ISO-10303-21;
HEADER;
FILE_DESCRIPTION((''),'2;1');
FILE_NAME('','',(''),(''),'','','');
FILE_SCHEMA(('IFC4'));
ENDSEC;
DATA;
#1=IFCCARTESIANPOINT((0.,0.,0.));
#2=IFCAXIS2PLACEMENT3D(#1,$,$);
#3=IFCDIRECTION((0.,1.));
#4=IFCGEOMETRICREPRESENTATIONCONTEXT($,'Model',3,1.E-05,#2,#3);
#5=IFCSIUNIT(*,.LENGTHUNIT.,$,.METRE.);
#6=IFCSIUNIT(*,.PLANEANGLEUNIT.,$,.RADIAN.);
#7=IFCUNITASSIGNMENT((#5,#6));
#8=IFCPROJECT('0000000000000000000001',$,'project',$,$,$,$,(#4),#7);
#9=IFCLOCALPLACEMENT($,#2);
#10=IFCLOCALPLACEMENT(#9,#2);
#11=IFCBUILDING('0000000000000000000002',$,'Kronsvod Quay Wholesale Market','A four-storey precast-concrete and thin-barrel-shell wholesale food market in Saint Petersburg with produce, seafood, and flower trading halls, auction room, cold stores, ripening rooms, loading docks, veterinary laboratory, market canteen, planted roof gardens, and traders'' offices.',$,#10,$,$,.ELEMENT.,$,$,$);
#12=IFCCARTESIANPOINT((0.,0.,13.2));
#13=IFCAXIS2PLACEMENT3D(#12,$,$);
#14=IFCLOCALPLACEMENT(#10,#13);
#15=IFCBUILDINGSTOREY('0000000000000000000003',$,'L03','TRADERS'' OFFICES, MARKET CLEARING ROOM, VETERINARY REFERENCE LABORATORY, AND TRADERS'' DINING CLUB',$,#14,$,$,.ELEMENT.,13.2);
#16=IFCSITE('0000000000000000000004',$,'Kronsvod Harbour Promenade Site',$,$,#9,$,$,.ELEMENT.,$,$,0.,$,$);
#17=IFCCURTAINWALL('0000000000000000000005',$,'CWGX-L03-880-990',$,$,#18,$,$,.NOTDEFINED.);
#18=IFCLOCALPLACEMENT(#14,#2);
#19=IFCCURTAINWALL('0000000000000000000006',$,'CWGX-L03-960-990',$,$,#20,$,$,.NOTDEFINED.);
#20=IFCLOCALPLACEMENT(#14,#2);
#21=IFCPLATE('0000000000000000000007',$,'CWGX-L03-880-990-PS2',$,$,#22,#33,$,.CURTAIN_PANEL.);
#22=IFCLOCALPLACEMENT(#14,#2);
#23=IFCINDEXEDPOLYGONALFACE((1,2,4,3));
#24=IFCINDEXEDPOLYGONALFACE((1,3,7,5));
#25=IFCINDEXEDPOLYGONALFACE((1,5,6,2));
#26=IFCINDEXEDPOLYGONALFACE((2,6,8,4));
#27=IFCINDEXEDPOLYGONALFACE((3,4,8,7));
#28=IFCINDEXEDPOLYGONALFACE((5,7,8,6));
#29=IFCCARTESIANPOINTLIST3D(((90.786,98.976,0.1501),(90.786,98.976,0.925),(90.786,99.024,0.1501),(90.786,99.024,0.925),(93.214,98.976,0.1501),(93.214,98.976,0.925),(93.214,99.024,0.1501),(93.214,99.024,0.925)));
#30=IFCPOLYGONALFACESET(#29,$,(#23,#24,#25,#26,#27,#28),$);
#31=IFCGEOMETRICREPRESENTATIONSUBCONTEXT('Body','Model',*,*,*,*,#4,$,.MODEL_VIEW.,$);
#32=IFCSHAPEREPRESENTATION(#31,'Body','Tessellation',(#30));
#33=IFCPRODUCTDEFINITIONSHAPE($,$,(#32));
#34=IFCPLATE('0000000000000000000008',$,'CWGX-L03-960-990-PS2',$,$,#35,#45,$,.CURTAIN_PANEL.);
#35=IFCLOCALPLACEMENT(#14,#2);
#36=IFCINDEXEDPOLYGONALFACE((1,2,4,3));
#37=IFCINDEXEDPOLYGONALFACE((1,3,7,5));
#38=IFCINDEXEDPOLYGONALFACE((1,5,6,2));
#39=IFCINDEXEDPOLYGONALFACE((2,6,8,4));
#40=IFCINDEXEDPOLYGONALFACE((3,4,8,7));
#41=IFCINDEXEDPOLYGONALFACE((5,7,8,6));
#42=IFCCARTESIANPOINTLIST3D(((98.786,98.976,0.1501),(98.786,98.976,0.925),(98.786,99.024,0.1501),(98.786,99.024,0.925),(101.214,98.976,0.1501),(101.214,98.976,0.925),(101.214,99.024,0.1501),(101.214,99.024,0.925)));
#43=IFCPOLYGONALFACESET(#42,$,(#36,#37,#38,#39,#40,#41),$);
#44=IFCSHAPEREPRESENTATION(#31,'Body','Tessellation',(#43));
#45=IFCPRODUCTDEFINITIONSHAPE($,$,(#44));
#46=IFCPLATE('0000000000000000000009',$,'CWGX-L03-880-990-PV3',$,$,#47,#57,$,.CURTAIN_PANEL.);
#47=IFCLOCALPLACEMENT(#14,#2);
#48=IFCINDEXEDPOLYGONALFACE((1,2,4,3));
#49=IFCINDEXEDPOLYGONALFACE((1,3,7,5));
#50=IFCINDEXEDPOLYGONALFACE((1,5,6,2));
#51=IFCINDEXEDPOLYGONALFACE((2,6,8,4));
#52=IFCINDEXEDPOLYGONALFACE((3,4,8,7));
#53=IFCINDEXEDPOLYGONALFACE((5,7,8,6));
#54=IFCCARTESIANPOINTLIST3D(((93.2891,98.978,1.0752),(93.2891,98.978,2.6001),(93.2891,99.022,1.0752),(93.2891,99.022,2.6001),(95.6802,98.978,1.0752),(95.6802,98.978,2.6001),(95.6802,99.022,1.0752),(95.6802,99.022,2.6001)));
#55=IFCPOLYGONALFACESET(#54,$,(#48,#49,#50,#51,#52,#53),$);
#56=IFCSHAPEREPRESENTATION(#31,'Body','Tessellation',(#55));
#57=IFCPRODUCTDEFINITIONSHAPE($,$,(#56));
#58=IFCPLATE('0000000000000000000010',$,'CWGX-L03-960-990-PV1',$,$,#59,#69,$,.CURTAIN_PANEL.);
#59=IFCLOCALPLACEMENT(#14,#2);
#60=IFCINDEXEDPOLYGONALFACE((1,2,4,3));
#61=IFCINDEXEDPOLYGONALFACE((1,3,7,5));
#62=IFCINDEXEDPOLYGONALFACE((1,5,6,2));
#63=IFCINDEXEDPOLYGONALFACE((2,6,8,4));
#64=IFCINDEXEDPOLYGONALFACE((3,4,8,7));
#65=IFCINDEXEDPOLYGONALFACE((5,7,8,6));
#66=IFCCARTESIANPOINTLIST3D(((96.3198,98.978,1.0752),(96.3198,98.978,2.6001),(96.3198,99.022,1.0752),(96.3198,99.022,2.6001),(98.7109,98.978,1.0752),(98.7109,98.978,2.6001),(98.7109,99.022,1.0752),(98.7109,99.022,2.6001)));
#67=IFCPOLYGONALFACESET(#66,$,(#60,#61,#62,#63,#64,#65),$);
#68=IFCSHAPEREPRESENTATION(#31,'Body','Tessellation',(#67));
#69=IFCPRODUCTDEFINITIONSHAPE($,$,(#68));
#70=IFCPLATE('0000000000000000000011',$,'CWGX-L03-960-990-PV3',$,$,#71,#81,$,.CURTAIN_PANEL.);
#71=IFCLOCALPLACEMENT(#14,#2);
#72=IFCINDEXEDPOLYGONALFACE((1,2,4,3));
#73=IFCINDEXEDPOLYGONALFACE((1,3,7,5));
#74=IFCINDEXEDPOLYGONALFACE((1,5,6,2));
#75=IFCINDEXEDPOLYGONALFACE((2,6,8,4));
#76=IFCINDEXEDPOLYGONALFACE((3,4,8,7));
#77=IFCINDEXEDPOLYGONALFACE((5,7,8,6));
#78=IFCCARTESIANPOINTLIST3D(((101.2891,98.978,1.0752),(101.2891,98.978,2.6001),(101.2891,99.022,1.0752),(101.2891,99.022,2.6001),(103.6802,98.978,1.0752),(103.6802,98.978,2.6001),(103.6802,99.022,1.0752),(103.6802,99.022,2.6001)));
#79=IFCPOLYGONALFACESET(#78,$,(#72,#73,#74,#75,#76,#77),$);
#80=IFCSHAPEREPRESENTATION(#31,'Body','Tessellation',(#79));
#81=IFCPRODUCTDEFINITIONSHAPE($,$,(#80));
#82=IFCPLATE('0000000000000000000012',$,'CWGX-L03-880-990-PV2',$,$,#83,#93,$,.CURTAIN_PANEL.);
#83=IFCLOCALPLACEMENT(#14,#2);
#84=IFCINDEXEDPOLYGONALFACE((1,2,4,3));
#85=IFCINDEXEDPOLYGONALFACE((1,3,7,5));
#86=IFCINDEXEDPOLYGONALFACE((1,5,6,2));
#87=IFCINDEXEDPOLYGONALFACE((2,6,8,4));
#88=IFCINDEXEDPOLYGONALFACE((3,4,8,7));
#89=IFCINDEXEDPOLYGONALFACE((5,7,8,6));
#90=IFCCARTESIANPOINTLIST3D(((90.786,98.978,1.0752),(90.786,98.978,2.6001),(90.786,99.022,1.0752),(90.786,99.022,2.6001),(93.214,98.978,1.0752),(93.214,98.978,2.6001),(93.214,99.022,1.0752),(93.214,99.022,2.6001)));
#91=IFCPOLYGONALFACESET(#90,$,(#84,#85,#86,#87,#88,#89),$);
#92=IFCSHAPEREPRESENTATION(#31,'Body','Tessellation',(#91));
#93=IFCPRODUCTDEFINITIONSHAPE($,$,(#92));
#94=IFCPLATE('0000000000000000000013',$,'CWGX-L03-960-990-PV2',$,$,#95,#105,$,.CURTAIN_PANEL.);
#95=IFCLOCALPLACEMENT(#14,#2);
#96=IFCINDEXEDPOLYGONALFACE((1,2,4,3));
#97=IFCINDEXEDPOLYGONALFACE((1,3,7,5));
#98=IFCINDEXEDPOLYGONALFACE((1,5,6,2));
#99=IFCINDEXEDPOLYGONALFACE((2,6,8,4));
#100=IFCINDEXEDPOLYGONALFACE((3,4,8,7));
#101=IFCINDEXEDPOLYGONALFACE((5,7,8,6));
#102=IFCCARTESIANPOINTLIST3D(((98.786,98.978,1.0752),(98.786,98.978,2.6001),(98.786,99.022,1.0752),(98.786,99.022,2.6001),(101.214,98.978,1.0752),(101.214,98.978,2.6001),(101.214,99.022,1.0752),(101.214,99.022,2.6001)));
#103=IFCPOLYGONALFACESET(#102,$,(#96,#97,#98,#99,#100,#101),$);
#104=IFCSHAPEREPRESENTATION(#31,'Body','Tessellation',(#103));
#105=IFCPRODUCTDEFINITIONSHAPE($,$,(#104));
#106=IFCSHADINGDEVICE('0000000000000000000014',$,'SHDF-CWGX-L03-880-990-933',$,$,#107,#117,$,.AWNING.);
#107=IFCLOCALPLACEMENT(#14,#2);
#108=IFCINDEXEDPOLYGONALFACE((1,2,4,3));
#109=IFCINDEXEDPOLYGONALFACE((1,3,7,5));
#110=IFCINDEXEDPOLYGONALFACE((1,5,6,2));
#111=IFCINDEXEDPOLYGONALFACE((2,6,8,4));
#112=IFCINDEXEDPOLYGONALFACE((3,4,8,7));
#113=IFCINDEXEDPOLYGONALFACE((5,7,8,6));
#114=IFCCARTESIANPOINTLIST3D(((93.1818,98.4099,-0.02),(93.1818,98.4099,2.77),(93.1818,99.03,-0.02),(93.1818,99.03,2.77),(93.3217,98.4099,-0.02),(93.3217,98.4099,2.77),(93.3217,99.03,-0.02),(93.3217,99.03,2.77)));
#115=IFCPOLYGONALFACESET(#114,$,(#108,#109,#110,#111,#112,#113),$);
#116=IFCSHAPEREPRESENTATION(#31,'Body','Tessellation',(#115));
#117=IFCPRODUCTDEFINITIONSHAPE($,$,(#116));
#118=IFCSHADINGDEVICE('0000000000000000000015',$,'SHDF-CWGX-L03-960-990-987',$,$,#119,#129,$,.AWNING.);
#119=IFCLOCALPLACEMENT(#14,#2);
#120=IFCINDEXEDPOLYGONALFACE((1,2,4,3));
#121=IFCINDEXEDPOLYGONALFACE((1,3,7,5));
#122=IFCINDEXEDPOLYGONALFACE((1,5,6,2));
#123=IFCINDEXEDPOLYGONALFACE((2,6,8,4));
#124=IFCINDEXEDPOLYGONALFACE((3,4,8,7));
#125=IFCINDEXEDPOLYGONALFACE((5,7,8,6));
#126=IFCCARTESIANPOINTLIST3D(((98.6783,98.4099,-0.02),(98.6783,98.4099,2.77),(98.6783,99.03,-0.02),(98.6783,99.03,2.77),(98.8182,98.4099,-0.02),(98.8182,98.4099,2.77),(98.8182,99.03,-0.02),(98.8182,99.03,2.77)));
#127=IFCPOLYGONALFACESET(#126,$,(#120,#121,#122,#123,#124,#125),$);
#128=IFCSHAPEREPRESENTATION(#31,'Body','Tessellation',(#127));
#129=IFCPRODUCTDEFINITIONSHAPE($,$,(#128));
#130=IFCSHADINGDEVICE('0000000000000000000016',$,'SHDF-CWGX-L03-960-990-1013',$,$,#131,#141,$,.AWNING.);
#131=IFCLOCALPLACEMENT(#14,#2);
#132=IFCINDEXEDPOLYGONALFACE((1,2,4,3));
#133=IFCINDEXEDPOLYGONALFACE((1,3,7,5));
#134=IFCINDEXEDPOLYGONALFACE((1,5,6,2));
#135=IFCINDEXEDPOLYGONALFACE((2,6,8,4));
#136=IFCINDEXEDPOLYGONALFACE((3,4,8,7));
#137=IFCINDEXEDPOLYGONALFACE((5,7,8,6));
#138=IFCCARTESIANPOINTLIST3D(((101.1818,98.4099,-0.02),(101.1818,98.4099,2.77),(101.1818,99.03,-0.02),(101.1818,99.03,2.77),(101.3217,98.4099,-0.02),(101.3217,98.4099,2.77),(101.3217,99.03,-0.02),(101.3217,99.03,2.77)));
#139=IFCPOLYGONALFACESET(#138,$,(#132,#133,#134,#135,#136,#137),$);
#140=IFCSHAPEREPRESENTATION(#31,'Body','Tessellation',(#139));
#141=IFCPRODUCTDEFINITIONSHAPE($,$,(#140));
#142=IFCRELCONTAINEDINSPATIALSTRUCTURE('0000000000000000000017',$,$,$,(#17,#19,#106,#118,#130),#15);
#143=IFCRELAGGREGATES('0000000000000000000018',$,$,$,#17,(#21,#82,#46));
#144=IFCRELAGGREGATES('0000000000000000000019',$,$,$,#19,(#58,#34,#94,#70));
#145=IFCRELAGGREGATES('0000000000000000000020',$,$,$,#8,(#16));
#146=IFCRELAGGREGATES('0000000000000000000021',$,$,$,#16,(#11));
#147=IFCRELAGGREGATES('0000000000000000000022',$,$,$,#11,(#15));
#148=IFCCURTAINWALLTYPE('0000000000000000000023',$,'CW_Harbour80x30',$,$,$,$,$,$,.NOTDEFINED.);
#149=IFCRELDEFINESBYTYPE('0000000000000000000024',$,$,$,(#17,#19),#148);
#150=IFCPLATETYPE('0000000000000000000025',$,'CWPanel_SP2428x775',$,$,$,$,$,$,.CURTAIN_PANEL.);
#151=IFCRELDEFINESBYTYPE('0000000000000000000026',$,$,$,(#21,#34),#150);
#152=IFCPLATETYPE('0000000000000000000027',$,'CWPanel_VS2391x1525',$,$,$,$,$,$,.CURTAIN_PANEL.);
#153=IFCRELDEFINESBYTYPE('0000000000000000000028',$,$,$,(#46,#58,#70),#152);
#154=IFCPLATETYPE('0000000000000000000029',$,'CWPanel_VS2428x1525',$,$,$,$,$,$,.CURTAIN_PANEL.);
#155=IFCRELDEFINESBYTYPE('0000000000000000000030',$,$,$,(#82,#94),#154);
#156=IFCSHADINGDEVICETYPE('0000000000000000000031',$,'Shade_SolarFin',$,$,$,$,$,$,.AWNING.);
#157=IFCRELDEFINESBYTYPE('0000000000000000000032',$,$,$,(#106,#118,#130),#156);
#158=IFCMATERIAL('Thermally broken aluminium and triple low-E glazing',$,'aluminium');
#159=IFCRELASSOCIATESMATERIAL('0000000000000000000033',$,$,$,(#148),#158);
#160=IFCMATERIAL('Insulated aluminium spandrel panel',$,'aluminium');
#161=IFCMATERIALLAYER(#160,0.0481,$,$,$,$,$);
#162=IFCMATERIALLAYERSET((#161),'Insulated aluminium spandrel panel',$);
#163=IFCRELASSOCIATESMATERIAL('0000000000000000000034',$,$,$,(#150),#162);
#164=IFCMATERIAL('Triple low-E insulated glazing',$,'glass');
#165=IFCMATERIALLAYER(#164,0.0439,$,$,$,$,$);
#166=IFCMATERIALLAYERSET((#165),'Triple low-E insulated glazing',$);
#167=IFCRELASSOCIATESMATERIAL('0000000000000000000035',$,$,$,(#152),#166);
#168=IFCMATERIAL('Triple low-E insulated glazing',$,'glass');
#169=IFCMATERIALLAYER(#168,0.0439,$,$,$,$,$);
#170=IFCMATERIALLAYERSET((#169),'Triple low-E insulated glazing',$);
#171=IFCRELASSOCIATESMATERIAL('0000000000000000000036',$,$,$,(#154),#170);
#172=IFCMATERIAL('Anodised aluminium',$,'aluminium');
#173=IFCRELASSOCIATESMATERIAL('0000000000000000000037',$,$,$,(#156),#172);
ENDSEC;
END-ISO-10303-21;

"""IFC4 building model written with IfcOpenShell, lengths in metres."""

from ifc_helpers import new_model, si_unit, direction, frame, origin, origin_2d, place, context, subcontext, project, spatial, rectangle, extrude, material, layer, layer_set, type_object, element, aggregate, save


model = new_model("IFC4")

# Units and contexts
model_context = context("Model", 3, precision=1e-05, world=origin(), true_north=direction((0.0, 1.0)))
body_context = subcontext(model_context, "Body", "Model", "MODEL_VIEW")
ifc_project = project(units=[si_unit("LENGTHUNIT", "METRE"), si_unit("PLANEANGLEUNIT", "RADIAN")], contexts=[model_context])

# Site, building, storey
site_placement = place(None, origin())
site = spatial("IfcSite", under=ifc_project, at=site_placement, Name="Kronsvod Harbour Promenade Site", CompositionType="ELEMENT", RefElevation=0.0)
building_placement = place(site_placement, origin())
building = spatial("IfcBuilding", under=site, at=building_placement, Name="Kronsvod Quay Wholesale Market", Description="A four-storey precast-concrete and thin-barrel-shell wholesale food market in Saint Petersburg with produce, seafood, and flower trading halls, auction room, cold stores, ripening rooms, loading docks, veterinary laboratory, market canteen, planted roof gardens, and traders' offices.", CompositionType="ELEMENT")
storey_placement = place(building_placement, frame((0.0, 0.0, 13.2)))
storey = spatial("IfcBuildingStorey", under=building, at=storey_placement, Name="L03", Description="TRADERS' OFFICES, MARKET CLEARING ROOM, VETERINARY REFERENCE LABORATORY, AND TRADERS' DINING CLUB", CompositionType="ELEMENT", Elevation=13.2)

# Curtain walls
ifc_material_1 = material(Name="Thermally broken aluminium and triple low-E glazing", Category="aluminium")
curtain_wall_type = type_object("IfcCurtainWallType", Name="CW_Harbour80x30", PredefinedType="NOTDEFINED", material=ifc_material_1)
curtain_wall_1_placement = place(storey_placement, origin())
curtain_wall_1 = element("IfcCurtainWall", 1, at=curtain_wall_1_placement, inside=storey, type_object=curtain_wall_type, Name="CWGX-L03-880-990", PredefinedType="NOTDEFINED")
curtain_wall_2_placement = place(storey_placement, origin())
curtain_wall_2 = element("IfcCurtainWall", 2, at=curtain_wall_2_placement, inside=storey, type_object=curtain_wall_type, Name="CWGX-L03-960-990", PredefinedType="NOTDEFINED")

# Plates
ifc_material_2 = material(Name="Insulated aluminium spandrel panel", Category="aluminium")
ifc_layer_1 = layer(ifc_material_2, 0.0481)
ifc_layer_set_1 = layer_set([ifc_layer_1], Name="Insulated aluminium spandrel panel")
plate_type_1 = type_object("IfcPlateType", Name="CWPanel_SP2428x775", PredefinedType="CURTAIN_PANEL", material=ifc_layer_set_1)
plate_1_placement = place(storey_placement, frame((92.0, 99.0, 0.1501), z_axis=(0.0, 0.0, 1.0), x_axis=(1.0, 0.0, 0.0)))
plate_1 = element("IfcPlate", 3, at=plate_1_placement, type_object=plate_type_1, Name="CWGX-L03-880-990-PS2", PredefinedType="CURTAIN_PANEL", context=body_context, shape_type="SweptSolid", body=[
    extrude(rectangle(XDim=2.428, YDim=0.0481, at=origin_2d()), origin(), (0.0, 0.0, 1.0), 0.7749),
])
plate_2_placement = place(storey_placement, frame((100.0, 99.0, 0.1501), z_axis=(0.0, 0.0, 1.0), x_axis=(1.0, 0.0, 0.0)))
plate_2 = element("IfcPlate", 4, at=plate_2_placement, type_object=plate_type_1, Name="CWGX-L03-960-990-PS2", PredefinedType="CURTAIN_PANEL", context=body_context, shape_type="SweptSolid", body=[
    extrude(rectangle(XDim=2.428, YDim=0.0481, at=origin_2d()), origin(), (0.0, 0.0, 1.0), 0.7749),
])
ifc_material_3 = material(Name="Triple low-E insulated glazing", Category="glass")
ifc_layer_2 = layer(ifc_material_3, 0.0439)
ifc_layer_set_2 = layer_set([ifc_layer_2], Name="Triple low-E insulated glazing")
plate_type_2 = type_object("IfcPlateType", Name="CWPanel_VS2391x1525", PredefinedType="CURTAIN_PANEL", material=ifc_layer_set_2)
plate_3_placement = place(storey_placement, frame((94.4846, 99.0, 1.0752), z_axis=(0.0, 0.0, 1.0), x_axis=(1.0, 0.0, 0.0)))
plate_3 = element("IfcPlate", 5, at=plate_3_placement, type_object=plate_type_2, Name="CWGX-L03-880-990-PV3", PredefinedType="CURTAIN_PANEL", context=body_context, shape_type="SweptSolid", body=[
    extrude(rectangle(XDim=2.3911, YDim=0.0439, at=origin_2d()), origin(), (0.0, 0.0, 1.0), 1.5249),
])
plate_4_placement = place(storey_placement, frame((97.5154, 99.0, 1.0752), z_axis=(0.0, 0.0, 1.0), x_axis=(1.0, 0.0, 0.0)))
plate_4 = element("IfcPlate", 6, at=plate_4_placement, type_object=plate_type_2, Name="CWGX-L03-960-990-PV1", PredefinedType="CURTAIN_PANEL", context=body_context, shape_type="SweptSolid", body=[
    extrude(rectangle(XDim=2.3911, YDim=0.0439, at=origin_2d()), origin(), (0.0, 0.0, 1.0), 1.5249),
])
plate_5_placement = place(storey_placement, frame((102.4846, 99.0, 1.0752), z_axis=(0.0, 0.0, 1.0), x_axis=(1.0, 0.0, 0.0)))
plate_5 = element("IfcPlate", 7, at=plate_5_placement, type_object=plate_type_2, Name="CWGX-L03-960-990-PV3", PredefinedType="CURTAIN_PANEL", context=body_context, shape_type="SweptSolid", body=[
    extrude(rectangle(XDim=2.3911, YDim=0.0439, at=origin_2d()), origin(), (0.0, 0.0, 1.0), 1.5249),
])
ifc_material_4 = material(Name="Triple low-E insulated glazing", Category="glass")
ifc_layer_3 = layer(ifc_material_4, 0.0439)
ifc_layer_set_3 = layer_set([ifc_layer_3], Name="Triple low-E insulated glazing")
plate_type_3 = type_object("IfcPlateType", Name="CWPanel_VS2428x1525", PredefinedType="CURTAIN_PANEL", material=ifc_layer_set_3)
plate_6_placement = place(storey_placement, frame((92.0, 99.0, 1.0752), z_axis=(0.0, 0.0, 1.0), x_axis=(1.0, 0.0, 0.0)))
plate_6 = element("IfcPlate", 8, at=plate_6_placement, type_object=plate_type_3, Name="CWGX-L03-880-990-PV2", PredefinedType="CURTAIN_PANEL", context=body_context, shape_type="SweptSolid", body=[
    extrude(rectangle(XDim=2.428, YDim=0.0439, at=origin_2d()), origin(), (0.0, 0.0, 1.0), 1.5249),
])
aggregate(curtain_wall_1, [plate_1, plate_6, plate_3])
plate_7_placement = place(storey_placement, frame((100.0, 99.0, 1.0752), z_axis=(0.0, 0.0, 1.0), x_axis=(1.0, 0.0, 0.0)))
plate_7 = element("IfcPlate", 9, at=plate_7_placement, type_object=plate_type_3, Name="CWGX-L03-960-990-PV2", PredefinedType="CURTAIN_PANEL", context=body_context, shape_type="SweptSolid", body=[
    extrude(rectangle(XDim=2.428, YDim=0.0439, at=origin_2d()), origin(), (0.0, 0.0, 1.0), 1.5249),
])
aggregate(curtain_wall_2, [plate_4, plate_2, plate_7, plate_5])

# Shading devices
ifc_material_5 = material(Name="Anodised aluminium", Category="aluminium")
shading_device_type = type_object("IfcShadingDeviceType", Name="Shade_SolarFin", PredefinedType="AWNING", material=ifc_material_5)
for number, where, z_axis, x_axis, name in (
    (10, (93.2517, 98.72, -0.02), (0.0, 0.0, 1.0), (1.0, 0.0, 0.0), "SHDF-CWGX-L03-880-990-933"),
    (11, (98.7483, 98.72, -0.02), (0.0, 0.0, 1.0), (1.0, 0.0, 0.0), "SHDF-CWGX-L03-960-990-987"),
    (12, (101.2517, 98.72, -0.02), (0.0, 0.0, 1.0), (1.0, 0.0, 0.0), "SHDF-CWGX-L03-960-990-1013"),
):
    element("IfcShadingDevice", number, at=place(storey_placement, frame(where, z_axis=z_axis, x_axis=x_axis)), inside=storey, type_object=shading_device_type, Name=name, PredefinedType="AWNING", context=body_context, shape_type="SweptSolid", body=[
        extrude(rectangle(XDim=0.1399, YDim=0.6201, at=origin_2d()), origin(), (0.0, 0.0, 1.0), 2.79),
    ])

save(model, "model.ifc")
